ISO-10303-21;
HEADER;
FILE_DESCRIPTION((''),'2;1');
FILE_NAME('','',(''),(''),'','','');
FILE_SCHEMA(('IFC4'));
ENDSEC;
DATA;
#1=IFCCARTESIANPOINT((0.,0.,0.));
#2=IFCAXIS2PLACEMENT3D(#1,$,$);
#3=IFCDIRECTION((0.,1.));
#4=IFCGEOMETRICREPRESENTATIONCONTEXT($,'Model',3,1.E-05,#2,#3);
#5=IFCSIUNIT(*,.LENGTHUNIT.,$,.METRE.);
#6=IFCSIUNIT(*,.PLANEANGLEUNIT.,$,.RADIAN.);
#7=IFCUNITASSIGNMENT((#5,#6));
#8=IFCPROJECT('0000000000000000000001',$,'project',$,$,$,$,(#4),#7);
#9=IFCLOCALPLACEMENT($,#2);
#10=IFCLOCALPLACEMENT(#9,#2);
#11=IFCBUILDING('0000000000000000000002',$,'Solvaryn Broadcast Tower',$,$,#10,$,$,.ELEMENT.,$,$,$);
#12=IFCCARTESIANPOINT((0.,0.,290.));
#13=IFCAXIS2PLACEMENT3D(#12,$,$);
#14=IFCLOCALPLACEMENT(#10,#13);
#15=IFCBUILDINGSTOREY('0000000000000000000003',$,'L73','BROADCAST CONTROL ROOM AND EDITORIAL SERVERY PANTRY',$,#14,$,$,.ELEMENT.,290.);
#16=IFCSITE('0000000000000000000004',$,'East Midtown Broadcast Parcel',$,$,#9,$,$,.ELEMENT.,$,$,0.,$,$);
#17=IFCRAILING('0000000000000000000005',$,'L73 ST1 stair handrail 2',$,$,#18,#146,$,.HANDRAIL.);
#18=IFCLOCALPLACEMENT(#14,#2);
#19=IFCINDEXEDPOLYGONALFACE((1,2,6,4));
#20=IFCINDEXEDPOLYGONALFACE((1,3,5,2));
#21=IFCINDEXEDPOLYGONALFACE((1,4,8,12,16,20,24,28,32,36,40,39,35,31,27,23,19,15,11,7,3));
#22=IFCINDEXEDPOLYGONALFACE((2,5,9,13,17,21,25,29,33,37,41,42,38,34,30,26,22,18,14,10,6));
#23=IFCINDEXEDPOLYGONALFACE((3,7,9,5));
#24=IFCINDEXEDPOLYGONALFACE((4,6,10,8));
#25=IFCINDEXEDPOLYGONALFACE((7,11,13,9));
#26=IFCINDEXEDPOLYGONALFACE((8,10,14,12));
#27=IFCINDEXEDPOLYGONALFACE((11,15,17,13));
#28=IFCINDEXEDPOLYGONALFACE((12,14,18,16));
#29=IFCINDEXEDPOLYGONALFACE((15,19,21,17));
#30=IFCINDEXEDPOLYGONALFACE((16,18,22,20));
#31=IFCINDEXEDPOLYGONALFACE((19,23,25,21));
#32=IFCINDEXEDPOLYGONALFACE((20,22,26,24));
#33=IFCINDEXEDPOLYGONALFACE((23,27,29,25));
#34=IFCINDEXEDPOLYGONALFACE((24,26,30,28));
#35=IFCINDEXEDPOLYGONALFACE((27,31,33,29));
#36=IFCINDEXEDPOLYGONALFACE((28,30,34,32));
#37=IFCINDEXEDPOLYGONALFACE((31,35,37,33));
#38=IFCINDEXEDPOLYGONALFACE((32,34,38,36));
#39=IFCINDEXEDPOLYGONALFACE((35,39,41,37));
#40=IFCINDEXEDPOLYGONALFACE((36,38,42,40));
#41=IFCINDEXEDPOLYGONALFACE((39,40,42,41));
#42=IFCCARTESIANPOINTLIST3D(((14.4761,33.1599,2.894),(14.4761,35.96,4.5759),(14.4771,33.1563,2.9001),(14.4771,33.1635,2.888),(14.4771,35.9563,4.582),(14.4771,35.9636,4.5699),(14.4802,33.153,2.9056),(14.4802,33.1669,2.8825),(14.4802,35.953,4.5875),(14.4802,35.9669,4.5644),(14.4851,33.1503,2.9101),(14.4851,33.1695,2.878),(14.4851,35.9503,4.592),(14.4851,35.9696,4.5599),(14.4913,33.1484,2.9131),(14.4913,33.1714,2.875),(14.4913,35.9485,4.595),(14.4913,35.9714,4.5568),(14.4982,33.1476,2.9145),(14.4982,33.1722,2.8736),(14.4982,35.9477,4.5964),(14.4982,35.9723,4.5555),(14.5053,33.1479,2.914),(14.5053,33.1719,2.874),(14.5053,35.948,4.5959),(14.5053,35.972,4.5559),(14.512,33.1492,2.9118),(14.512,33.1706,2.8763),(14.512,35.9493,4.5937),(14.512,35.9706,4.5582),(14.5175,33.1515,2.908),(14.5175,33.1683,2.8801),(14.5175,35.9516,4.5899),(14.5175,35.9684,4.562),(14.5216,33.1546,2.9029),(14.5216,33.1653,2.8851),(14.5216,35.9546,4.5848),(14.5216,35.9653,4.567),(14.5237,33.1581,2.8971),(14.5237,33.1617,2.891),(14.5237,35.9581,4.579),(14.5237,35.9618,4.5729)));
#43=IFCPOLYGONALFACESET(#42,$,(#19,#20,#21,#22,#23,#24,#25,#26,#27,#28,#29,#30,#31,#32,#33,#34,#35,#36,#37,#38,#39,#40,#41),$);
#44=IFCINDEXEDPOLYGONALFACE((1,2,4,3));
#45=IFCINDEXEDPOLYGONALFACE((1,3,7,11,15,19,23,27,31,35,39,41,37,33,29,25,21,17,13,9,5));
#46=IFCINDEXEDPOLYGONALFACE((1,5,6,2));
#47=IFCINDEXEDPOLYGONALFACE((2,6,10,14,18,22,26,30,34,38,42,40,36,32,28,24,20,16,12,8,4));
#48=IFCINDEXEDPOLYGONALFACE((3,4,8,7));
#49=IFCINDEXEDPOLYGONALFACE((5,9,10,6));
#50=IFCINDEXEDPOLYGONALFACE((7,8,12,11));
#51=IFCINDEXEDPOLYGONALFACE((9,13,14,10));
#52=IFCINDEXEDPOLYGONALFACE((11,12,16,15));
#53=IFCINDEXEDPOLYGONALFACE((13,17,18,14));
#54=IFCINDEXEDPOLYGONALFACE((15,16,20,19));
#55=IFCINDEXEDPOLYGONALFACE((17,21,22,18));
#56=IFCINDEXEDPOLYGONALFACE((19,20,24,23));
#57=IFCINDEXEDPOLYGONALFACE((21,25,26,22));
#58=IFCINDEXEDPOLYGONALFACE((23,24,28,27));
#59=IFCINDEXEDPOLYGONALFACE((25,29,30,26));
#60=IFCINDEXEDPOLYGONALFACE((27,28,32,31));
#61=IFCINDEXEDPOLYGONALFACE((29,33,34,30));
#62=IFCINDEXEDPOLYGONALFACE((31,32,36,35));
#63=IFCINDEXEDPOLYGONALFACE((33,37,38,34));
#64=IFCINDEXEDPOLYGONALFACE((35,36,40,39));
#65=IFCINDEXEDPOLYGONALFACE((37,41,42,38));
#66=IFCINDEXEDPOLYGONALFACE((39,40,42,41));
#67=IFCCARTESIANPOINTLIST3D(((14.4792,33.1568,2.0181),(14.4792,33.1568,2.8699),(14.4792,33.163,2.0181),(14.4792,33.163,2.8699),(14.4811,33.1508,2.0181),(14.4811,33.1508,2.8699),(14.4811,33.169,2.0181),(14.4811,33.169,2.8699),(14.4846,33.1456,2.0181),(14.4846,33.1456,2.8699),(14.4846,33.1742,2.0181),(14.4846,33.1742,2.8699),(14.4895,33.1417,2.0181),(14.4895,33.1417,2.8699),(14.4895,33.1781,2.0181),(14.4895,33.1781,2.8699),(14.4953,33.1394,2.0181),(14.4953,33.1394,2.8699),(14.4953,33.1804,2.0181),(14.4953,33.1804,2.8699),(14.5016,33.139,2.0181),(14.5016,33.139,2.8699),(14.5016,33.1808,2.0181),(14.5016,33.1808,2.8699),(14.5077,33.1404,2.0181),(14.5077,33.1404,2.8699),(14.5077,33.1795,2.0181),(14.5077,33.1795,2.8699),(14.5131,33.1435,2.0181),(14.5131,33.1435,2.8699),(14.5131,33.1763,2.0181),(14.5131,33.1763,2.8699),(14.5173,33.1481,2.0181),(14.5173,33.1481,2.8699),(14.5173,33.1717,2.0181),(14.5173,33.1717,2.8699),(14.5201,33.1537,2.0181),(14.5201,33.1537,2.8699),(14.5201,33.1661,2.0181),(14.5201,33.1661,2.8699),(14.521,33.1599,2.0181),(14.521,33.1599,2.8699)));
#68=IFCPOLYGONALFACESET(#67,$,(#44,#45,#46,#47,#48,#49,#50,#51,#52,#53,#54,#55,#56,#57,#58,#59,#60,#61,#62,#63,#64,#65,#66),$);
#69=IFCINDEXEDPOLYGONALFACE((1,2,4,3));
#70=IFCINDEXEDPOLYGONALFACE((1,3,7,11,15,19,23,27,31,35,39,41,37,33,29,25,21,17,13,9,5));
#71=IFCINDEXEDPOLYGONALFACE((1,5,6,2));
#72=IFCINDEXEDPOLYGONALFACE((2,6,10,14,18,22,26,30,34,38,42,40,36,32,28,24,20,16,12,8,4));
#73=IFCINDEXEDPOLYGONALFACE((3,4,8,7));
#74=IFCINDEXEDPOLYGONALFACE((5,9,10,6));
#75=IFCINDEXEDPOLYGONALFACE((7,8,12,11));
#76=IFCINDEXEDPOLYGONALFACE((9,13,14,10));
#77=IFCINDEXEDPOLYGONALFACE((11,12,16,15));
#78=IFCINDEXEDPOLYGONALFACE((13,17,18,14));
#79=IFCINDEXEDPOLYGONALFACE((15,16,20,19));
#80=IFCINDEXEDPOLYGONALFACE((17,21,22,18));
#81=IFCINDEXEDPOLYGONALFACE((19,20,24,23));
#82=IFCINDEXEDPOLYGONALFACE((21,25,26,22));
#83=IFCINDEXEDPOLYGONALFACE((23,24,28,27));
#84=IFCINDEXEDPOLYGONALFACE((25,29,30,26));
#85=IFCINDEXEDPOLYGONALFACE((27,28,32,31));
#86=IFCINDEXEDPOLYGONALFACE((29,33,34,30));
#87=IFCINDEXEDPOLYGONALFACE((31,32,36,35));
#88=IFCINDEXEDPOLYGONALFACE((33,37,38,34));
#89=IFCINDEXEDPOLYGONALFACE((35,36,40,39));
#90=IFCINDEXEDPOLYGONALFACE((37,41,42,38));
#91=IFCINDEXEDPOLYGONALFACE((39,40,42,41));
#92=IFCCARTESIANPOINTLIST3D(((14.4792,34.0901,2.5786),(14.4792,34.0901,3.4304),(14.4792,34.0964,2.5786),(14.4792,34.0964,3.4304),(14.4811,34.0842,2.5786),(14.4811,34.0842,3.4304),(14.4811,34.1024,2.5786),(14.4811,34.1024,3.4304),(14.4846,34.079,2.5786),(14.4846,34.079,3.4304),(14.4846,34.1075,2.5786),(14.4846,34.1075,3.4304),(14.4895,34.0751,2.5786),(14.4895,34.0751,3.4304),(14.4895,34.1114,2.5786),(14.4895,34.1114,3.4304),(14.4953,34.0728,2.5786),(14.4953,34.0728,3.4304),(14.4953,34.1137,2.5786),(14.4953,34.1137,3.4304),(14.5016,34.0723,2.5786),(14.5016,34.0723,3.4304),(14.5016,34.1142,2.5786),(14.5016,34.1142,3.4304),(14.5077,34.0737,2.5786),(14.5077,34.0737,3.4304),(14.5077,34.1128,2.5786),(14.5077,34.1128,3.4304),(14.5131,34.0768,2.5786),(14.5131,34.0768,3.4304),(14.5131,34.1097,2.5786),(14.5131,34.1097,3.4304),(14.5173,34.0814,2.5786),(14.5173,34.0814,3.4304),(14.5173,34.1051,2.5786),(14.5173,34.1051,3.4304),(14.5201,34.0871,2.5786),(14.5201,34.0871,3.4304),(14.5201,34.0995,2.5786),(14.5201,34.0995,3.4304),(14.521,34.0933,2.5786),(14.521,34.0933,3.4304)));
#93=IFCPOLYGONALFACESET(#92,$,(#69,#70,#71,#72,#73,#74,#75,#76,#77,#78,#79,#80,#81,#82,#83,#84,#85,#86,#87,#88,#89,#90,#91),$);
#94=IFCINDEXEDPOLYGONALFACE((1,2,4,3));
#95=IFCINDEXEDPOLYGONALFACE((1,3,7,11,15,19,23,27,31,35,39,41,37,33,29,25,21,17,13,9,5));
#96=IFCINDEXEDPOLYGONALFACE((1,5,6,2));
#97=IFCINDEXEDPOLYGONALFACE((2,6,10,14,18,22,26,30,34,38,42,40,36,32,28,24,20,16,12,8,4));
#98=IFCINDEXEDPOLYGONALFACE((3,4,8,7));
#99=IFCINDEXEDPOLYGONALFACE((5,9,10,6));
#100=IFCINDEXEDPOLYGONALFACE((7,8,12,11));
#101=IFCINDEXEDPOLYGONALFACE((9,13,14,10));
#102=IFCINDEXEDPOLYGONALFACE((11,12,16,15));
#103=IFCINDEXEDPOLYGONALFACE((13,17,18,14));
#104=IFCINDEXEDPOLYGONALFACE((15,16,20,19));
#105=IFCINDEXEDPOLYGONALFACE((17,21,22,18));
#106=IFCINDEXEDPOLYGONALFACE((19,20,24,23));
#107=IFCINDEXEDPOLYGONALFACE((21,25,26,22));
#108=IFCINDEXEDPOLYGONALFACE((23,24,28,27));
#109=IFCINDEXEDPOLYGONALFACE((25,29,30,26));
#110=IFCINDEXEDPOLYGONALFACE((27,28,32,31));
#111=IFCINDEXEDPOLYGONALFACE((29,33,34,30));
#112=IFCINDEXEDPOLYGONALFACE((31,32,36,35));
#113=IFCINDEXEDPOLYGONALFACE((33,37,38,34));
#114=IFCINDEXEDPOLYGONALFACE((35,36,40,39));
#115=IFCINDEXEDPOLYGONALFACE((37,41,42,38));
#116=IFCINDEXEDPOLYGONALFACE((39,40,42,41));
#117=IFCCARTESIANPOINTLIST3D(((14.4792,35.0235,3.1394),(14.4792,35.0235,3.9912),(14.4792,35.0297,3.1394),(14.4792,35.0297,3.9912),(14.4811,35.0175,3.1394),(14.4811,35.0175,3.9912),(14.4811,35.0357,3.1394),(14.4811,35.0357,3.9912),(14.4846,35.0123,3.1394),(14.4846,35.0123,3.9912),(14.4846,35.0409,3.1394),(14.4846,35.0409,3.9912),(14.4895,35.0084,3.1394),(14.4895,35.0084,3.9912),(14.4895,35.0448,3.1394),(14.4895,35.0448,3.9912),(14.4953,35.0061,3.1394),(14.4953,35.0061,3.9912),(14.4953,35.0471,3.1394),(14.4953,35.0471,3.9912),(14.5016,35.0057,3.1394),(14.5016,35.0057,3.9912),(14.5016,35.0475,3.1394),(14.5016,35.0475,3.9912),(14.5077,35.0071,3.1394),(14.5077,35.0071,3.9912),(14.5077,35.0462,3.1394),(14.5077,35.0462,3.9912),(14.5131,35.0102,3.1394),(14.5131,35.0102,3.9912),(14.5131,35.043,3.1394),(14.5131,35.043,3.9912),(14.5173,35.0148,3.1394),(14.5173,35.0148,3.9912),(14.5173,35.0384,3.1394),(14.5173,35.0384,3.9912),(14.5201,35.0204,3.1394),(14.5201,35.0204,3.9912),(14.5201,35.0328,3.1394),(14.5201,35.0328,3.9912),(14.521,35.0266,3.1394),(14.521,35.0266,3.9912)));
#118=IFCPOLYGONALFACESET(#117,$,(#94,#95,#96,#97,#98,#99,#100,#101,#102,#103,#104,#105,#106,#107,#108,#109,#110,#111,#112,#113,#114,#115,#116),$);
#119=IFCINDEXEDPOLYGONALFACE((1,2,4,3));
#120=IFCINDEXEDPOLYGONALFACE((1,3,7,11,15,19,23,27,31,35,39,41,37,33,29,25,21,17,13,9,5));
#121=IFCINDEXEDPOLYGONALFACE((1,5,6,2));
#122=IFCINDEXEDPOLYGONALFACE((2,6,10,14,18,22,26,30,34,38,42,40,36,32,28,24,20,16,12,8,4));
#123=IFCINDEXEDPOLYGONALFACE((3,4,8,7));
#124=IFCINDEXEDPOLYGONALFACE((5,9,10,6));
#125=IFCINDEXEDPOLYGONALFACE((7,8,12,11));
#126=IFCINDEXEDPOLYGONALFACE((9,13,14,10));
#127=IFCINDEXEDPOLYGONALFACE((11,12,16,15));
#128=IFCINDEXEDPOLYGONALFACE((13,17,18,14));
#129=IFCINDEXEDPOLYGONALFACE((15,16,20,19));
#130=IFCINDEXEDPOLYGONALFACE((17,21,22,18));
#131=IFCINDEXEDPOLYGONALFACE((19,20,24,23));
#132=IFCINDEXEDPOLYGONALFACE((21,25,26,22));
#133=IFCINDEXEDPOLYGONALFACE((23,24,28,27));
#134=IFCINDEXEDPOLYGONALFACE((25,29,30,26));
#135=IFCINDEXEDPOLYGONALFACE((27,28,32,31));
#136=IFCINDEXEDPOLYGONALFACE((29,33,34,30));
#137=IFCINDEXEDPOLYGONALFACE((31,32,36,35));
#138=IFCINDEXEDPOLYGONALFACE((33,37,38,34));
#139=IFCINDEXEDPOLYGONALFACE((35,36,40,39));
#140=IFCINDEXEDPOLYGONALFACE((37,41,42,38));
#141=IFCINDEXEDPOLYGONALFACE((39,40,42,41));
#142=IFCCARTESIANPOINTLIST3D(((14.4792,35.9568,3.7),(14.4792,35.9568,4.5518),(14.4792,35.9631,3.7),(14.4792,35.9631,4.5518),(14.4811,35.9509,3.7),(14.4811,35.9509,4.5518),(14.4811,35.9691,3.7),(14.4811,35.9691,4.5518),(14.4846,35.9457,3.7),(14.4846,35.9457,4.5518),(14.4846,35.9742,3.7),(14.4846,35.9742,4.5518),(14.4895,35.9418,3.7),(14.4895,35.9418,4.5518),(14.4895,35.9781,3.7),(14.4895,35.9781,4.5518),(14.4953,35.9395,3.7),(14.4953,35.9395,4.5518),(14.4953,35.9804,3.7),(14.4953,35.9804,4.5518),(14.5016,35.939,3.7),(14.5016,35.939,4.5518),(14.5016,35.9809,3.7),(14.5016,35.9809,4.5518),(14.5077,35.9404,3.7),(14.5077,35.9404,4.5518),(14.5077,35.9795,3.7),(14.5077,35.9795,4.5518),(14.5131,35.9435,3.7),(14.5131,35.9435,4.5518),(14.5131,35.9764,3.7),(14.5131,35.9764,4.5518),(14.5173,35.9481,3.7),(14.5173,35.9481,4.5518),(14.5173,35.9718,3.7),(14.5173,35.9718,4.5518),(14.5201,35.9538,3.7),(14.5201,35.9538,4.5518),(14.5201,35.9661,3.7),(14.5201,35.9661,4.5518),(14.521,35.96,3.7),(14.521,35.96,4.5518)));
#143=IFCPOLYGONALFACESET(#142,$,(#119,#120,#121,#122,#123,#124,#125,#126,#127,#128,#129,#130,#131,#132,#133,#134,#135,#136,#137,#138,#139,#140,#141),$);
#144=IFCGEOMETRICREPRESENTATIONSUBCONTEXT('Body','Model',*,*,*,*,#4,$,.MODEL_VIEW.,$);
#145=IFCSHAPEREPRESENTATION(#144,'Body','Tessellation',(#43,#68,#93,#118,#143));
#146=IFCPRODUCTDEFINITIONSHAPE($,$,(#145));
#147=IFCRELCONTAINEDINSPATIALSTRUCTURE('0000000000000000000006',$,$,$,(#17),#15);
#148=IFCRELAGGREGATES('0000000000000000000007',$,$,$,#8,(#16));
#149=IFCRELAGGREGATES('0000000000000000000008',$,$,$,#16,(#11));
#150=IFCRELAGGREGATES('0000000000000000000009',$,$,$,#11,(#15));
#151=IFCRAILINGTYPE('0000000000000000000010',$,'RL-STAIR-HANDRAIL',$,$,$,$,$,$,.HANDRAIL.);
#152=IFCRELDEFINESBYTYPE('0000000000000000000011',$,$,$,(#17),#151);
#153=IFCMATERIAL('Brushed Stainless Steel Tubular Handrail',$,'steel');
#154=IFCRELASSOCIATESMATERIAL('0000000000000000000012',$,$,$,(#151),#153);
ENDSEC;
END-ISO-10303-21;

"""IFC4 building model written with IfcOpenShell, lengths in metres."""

from ifc_helpers import new_model, si_unit, direction, frame, origin, origin_2d, place, context, subcontext, project, spatial, circle, extrude, material, type_object, element, save


model = new_model("IFC4")

# Units and contexts
model_context = context("Model", 3, precision=1e-05, world=origin(), true_north=direction((0.0, 1.0)))
body_context = subcontext(model_context, "Body", "Model", "MODEL_VIEW")
ifc_project = project(units=[si_unit("LENGTHUNIT", "METRE"), si_unit("PLANEANGLEUNIT", "RADIAN")], contexts=[model_context])

# Site, building, storey
site_placement = place(None, origin())
site = spatial("IfcSite", under=ifc_project, at=site_placement, Name="East Midtown Broadcast Parcel", CompositionType="ELEMENT", RefElevation=0.0)
building_placement = place(site_placement, origin())
building = spatial("IfcBuilding", under=site, at=building_placement, Name="Solvaryn Broadcast Tower", CompositionType="ELEMENT")
storey_placement = place(building_placement, frame((0.0, 0.0, 290.0)))
storey = spatial("IfcBuildingStorey", under=building, at=storey_placement, Name="L73", Description="BROADCAST CONTROL ROOM AND EDITORIAL SERVERY PANTRY", CompositionType="ELEMENT", Elevation=290.0)

# Railing
ifc_material_1 = material(Name="Brushed Stainless Steel Tubular Handrail", Category="steel")
railing_type_1 = type_object("IfcRailingType", Name="RL-STAIR-HANDRAIL", PredefinedType="HANDRAIL", material=ifc_material_1)
railing_1_placement = place(storey_placement, frame((14.5, 33.1599, 2.0181)))
element("IfcRailing", 1, at=railing_1_placement, inside=storey, type_object=railing_type_1, Name="L73 ST1 stair handrail 2", PredefinedType="HANDRAIL", context=body_context, shape_type="SweptSolid", body=[
    extrude(circle(Radius=0.0239, at=origin_2d()), frame((0.0, 0.0, 0.876), z_axis=(0.0, 0.857242, 0.514913), x_axis=(-1.0, 0.0, 0.0)), (0.0, 0.0, 1.0), 3.2664),
    extrude(circle(Radius=0.021, at=origin_2d()), origin(), (0.0, 0.0, 1.0), 0.8518),
    extrude(circle(Radius=0.021, at=origin_2d()), frame((0.0, 0.9333, 0.5605)), (0.0, 0.0, 1.0), 0.8518),
    extrude(circle(Radius=0.021, at=origin_2d()), frame((0.0, 1.8667, 1.1213)), (0.0, 0.0, 1.0), 0.8518),
    extrude(circle(Radius=0.021, at=origin_2d()), frame((0.0, 2.8, 1.6819)), (0.0, 0.0, 1.0), 0.8518),
])

save(model, "model.ifc")
